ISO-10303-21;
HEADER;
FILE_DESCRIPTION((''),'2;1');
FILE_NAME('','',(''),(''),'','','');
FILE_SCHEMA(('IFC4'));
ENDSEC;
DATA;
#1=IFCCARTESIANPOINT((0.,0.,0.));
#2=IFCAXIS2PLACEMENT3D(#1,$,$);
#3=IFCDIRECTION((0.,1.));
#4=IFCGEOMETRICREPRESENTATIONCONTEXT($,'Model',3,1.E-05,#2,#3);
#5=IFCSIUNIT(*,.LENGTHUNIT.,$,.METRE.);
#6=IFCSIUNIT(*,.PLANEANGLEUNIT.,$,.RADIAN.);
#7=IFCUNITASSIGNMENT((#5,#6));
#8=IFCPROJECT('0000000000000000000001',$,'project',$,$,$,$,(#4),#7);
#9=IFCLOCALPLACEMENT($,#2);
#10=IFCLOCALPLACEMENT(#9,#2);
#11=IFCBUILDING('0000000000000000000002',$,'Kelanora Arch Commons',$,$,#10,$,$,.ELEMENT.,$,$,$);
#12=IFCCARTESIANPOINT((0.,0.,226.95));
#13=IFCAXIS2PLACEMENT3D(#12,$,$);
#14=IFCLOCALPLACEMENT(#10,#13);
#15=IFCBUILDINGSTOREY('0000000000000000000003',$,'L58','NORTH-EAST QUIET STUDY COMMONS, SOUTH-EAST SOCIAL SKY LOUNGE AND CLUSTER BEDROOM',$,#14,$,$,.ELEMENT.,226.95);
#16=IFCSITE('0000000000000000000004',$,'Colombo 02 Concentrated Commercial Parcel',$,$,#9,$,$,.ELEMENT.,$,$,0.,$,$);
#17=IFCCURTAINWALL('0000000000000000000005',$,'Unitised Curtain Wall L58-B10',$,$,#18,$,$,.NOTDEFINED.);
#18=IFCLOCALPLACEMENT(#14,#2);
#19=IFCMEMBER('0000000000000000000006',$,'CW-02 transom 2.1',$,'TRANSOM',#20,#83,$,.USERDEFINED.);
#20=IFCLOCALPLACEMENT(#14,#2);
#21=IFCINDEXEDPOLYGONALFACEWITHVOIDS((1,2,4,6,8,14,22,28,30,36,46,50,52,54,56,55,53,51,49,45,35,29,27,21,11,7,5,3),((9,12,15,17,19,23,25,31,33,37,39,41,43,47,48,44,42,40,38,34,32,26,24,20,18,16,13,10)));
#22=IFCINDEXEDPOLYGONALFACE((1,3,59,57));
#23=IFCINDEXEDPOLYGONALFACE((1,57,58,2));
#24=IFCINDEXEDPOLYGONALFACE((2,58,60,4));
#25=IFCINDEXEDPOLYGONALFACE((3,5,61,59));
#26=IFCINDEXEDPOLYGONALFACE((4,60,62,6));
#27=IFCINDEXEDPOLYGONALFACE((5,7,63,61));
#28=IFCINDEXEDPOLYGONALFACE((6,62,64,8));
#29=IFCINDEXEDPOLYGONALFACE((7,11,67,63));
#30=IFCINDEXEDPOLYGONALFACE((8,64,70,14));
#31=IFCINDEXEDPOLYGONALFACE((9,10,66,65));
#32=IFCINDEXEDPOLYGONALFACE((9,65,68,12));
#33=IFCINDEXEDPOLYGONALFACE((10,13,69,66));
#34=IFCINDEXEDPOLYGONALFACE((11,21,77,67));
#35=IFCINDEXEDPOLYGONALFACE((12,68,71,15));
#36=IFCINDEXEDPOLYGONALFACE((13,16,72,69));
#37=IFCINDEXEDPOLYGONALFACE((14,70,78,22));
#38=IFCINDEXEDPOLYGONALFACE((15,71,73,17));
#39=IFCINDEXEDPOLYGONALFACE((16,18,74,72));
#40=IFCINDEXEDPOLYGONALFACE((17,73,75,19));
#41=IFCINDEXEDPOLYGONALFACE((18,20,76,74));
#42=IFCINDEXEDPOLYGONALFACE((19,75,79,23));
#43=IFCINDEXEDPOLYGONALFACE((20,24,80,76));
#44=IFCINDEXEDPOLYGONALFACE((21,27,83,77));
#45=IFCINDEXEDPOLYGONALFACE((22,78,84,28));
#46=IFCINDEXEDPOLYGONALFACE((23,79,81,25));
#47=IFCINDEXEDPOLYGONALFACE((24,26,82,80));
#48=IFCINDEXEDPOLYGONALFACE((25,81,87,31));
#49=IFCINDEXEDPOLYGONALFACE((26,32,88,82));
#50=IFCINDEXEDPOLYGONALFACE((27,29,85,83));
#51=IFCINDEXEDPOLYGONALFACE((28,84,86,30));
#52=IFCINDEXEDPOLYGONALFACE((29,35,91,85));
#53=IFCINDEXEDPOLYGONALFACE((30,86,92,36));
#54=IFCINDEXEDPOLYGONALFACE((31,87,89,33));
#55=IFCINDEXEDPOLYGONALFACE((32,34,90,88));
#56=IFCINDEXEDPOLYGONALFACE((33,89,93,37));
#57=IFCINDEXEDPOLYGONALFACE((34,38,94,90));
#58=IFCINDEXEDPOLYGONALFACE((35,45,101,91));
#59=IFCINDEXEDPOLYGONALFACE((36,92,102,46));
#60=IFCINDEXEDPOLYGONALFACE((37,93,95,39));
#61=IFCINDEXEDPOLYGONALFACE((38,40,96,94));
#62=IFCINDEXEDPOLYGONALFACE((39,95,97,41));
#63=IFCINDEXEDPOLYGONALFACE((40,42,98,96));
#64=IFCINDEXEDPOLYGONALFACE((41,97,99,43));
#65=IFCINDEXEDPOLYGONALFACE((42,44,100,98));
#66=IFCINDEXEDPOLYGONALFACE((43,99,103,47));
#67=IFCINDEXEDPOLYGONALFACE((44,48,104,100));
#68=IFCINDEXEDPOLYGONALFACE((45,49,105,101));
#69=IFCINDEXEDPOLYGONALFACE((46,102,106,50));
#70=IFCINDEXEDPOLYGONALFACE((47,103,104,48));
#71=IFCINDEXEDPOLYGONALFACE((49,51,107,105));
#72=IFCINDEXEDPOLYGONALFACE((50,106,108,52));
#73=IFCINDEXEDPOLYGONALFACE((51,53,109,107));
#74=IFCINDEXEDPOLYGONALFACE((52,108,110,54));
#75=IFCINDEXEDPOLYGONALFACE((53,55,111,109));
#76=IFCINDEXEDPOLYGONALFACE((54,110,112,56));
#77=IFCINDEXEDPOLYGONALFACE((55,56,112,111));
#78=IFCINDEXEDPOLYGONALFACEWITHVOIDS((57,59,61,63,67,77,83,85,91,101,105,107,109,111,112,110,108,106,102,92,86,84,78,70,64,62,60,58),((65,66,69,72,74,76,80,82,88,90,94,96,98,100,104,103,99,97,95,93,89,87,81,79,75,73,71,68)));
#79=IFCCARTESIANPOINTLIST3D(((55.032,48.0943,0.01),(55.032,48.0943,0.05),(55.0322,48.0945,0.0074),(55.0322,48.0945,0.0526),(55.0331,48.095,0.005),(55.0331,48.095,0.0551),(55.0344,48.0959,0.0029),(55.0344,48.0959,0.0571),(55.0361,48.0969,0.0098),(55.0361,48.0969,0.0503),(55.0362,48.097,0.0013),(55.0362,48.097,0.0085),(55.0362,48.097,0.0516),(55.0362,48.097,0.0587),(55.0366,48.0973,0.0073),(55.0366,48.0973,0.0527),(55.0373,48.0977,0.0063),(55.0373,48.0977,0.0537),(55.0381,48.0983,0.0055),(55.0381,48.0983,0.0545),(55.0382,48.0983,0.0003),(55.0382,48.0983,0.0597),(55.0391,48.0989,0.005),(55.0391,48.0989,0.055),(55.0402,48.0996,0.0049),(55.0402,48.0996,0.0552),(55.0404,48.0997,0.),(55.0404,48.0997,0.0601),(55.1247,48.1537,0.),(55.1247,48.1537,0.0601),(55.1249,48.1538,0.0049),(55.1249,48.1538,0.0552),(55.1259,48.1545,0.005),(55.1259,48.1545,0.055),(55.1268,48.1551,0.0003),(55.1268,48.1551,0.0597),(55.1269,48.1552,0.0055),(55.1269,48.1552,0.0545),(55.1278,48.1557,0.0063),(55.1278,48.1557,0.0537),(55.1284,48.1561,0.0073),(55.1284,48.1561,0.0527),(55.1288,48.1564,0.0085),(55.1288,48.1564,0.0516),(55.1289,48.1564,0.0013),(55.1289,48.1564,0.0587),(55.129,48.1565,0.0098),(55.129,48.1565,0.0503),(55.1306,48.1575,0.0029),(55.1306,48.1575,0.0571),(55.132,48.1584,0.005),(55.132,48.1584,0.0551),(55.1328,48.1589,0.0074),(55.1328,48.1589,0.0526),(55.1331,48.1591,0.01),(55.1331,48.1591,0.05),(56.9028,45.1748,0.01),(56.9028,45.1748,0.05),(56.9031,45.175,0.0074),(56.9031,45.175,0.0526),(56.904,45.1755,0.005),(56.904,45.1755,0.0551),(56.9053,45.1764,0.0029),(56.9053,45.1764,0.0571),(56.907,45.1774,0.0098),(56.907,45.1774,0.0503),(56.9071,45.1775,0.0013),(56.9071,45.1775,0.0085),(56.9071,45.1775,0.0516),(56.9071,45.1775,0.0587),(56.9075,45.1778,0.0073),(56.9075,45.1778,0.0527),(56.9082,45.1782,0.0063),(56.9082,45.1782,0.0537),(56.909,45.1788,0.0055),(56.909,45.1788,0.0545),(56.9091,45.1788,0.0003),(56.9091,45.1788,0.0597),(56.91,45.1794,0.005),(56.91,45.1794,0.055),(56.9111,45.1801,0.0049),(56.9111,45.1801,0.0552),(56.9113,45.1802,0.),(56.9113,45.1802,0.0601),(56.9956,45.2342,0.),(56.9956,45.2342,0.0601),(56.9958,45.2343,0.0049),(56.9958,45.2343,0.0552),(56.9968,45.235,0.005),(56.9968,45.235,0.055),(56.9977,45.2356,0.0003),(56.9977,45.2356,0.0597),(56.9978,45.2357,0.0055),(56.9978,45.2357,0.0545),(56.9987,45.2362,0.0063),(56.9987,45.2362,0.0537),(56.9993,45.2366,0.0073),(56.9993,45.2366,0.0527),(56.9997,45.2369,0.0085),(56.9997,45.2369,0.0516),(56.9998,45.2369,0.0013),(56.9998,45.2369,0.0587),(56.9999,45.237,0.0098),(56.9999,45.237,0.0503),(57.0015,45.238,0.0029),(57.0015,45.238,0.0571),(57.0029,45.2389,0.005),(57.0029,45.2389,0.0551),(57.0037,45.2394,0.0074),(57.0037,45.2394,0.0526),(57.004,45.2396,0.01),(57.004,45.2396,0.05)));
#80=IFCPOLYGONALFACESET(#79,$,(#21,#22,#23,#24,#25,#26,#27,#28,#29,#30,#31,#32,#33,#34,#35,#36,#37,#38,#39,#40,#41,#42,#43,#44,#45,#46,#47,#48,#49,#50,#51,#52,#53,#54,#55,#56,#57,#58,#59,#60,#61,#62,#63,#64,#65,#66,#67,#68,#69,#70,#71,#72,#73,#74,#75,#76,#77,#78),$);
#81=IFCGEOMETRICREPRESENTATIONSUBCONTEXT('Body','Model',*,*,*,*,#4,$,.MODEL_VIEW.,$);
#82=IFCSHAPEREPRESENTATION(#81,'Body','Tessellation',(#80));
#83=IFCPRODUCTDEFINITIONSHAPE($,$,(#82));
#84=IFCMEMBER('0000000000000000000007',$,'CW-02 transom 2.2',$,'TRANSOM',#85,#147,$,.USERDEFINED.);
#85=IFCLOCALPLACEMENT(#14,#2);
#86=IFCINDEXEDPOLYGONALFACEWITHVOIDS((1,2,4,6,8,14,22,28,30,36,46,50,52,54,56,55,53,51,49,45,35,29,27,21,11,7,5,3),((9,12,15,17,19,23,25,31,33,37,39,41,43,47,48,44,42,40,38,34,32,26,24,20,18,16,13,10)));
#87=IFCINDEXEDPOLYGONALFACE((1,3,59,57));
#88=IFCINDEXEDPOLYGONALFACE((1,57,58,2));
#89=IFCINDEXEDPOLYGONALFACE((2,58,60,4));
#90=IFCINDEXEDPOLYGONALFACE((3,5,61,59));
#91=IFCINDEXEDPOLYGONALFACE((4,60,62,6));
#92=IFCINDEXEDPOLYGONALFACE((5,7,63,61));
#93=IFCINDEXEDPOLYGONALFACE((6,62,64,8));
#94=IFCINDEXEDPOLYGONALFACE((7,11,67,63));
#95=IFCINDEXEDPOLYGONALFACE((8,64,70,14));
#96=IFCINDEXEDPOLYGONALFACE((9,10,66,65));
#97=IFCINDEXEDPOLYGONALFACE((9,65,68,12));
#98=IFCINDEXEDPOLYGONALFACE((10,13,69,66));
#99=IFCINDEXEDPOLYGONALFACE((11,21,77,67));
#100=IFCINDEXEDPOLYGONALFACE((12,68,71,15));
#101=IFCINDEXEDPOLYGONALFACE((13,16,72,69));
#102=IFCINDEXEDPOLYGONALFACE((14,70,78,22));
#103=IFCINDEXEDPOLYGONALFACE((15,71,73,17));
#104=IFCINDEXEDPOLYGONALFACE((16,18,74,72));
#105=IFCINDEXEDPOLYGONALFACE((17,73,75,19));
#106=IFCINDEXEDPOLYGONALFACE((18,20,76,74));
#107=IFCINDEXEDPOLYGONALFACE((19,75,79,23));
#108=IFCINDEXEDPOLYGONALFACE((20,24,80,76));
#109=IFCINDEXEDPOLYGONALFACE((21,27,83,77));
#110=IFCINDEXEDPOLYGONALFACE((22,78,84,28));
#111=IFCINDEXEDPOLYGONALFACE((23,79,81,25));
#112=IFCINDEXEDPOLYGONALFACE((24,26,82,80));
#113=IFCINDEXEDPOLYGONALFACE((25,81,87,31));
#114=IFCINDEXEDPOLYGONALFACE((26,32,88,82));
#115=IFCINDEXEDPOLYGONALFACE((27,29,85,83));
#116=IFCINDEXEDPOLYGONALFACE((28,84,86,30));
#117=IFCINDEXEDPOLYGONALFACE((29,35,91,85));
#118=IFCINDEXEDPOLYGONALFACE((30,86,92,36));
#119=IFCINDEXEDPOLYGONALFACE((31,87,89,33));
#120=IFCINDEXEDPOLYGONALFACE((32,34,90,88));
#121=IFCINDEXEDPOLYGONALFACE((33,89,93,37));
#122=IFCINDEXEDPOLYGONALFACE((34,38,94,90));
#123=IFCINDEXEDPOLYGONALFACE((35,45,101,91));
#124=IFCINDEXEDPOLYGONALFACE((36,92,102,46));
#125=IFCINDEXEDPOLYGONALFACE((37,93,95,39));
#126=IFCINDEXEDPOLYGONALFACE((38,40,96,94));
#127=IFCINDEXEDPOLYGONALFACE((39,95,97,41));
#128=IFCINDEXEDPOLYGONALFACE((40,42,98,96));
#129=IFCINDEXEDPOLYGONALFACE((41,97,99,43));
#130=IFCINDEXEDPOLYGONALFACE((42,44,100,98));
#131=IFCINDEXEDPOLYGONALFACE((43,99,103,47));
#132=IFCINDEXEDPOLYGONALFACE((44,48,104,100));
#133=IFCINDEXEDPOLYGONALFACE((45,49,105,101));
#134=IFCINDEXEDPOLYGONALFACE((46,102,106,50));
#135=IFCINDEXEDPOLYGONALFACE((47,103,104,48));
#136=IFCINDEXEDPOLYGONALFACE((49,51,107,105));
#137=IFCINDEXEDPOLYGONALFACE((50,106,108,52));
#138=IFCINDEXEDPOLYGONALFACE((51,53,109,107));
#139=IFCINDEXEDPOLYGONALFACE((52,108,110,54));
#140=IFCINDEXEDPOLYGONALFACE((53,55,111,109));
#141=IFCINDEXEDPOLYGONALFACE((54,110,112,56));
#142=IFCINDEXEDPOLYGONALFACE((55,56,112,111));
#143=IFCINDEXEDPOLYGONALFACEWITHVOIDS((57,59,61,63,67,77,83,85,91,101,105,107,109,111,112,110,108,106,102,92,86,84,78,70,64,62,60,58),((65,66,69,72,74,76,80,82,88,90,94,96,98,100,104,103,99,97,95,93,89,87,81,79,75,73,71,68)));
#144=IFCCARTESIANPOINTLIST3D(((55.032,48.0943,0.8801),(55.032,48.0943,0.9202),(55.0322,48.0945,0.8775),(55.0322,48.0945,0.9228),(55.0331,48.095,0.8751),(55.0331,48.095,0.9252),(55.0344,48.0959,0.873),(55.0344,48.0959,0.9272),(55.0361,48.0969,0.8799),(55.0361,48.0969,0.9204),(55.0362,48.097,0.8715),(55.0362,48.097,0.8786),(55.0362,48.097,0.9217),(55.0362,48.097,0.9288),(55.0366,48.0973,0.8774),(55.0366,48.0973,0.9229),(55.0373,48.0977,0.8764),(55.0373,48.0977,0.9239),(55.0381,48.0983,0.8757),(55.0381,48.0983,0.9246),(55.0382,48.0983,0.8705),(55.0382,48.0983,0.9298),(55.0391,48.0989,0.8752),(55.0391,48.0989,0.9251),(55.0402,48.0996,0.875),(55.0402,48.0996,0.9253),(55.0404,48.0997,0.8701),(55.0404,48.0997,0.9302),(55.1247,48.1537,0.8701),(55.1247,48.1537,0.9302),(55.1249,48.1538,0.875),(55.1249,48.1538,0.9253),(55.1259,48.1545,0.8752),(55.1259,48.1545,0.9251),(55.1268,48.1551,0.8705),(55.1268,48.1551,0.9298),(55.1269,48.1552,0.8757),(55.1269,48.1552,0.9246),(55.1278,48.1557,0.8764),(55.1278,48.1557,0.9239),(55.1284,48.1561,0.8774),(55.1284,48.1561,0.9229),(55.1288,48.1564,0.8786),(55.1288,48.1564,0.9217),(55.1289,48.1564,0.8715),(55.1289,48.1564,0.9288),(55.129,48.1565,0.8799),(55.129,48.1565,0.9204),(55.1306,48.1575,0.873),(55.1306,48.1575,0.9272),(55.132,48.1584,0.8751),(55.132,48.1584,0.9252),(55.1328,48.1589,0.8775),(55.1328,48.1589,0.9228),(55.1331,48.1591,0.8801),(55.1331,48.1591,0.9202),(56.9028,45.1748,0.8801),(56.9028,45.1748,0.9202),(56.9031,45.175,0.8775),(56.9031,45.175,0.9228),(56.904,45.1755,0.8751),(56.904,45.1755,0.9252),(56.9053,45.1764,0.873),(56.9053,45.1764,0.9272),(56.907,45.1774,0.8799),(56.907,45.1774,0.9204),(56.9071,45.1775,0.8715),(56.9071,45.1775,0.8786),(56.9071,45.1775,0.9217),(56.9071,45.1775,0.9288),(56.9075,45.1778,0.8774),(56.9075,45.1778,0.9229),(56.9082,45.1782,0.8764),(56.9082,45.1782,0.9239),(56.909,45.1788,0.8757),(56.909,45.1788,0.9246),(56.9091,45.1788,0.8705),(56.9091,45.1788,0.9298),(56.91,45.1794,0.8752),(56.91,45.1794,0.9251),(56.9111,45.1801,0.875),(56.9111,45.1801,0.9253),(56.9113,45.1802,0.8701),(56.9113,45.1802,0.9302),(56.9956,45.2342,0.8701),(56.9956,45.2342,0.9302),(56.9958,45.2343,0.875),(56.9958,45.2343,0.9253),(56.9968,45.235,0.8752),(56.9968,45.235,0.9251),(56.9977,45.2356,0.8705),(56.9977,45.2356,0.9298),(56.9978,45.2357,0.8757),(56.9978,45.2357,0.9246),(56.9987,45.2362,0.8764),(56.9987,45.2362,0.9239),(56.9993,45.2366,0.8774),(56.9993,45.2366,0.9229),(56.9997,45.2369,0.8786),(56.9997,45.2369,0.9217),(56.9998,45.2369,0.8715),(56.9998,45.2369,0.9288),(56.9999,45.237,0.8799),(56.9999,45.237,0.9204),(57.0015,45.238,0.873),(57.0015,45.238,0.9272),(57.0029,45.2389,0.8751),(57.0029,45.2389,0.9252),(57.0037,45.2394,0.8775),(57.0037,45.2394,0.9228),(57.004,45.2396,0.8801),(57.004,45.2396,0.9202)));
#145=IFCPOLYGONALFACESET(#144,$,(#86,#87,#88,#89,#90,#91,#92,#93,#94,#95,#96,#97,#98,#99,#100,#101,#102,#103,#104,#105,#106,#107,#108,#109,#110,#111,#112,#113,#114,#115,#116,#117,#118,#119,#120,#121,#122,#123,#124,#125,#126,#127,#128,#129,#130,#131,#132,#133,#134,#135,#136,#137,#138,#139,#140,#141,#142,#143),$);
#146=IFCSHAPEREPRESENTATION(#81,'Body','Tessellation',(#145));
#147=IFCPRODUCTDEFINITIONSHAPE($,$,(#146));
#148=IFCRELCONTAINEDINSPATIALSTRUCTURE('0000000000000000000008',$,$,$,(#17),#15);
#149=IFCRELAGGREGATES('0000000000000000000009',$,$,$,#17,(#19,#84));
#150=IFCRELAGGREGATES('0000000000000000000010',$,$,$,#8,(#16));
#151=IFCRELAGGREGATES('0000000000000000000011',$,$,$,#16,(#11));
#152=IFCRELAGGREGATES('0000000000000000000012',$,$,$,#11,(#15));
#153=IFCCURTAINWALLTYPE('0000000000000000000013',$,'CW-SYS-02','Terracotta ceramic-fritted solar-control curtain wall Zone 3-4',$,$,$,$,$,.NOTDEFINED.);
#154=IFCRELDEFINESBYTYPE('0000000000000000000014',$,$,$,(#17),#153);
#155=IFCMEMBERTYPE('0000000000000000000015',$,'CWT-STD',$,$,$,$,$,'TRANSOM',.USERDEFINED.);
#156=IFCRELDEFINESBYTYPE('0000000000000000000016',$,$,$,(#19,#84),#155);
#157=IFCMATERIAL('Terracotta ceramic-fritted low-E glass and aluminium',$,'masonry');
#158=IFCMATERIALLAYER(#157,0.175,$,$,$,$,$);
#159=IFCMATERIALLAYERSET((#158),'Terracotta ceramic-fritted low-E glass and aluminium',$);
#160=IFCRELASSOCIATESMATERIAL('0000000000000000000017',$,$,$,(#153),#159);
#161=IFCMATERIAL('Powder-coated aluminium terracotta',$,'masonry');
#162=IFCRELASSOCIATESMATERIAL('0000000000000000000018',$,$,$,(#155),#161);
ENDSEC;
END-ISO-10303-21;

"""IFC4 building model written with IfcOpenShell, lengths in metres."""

from ifc_helpers import new_model, si_unit, direction, frame, origin, origin_2d, place, context, subcontext, project, spatial, hollow_rectangle, extrude, material, layer, layer_set, material_profile, profile_set, type_object, element, aggregate, save


model = new_model("IFC4")

# Units and contexts
model_context = context("Model", 3, precision=1e-05, world=origin(), true_north=direction((0.0, 1.0)))
body_context = subcontext(model_context, "Body", "Model", "MODEL_VIEW")
ifc_project = project(units=[si_unit("LENGTHUNIT", "METRE"), si_unit("PLANEANGLEUNIT", "RADIAN")], contexts=[model_context])

# Site, building, storey
site_placement = place(None, origin())
site = spatial("IfcSite", under=ifc_project, at=site_placement, Name="Colombo 02 Concentrated Commercial Parcel", CompositionType="ELEMENT", RefElevation=0.0)
building_placement = place(site_placement, origin())
building = spatial("IfcBuilding", under=site, at=building_placement, Name="Kelanora Arch Commons", CompositionType="ELEMENT")
storey_placement = place(building_placement, frame((0.0, 0.0, 226.95)))
storey = spatial("IfcBuildingStorey", under=building, at=storey_placement, Name="L58", Description="NORTH-EAST QUIET STUDY COMMONS, SOUTH-EAST SOCIAL SKY LOUNGE AND CLUSTER BEDROOM", CompositionType="ELEMENT", Elevation=226.95)

# Curtain wall, members
ifc_material_1 = material(Name="Terracotta ceramic-fritted low-E glass and aluminium", Category="masonry")
ifc_layer_1 = layer(ifc_material_1, 0.175)
ifc_layer_set_1 = layer_set([ifc_layer_1], Name="Terracotta ceramic-fritted low-E glass and aluminium")
curtain_wall_type = type_object("IfcCurtainWallType", Name="CW-SYS-02", Description="Terracotta ceramic-fritted solar-control curtain wall Zone 3-4", PredefinedType="NOTDEFINED", material=ifc_layer_set_1)
curtain_wall_placement = place(storey_placement, origin())
curtain_wall = element("IfcCurtainWall", 1, at=curtain_wall_placement, inside=storey, type_object=curtain_wall_type, Name="Unitised Curtain Wall L58-B10", PredefinedType="NOTDEFINED")
ifc_material_2 = material(Name="Powder-coated aluminium terracotta", Category="masonry")
ifc_material_profile_1 = material_profile(ifc_material_2, hollow_rectangle(XDim=0.1201, YDim=0.0601, WallThickness=0.0049, InnerFilletRadius=0.0049, OuterFilletRadius=0.01, at=origin_2d()), Name="CWT120x60")
ifc_profile_set_1 = profile_set([ifc_material_profile_1], Name="Powder-coated aluminium terracotta")
member_type_1 = type_object("IfcMemberType", Name="CWT-STD", ElementType="TRANSOM", PredefinedType="USERDEFINED", material=ifc_profile_set_1)
member_1_placement = place(storey_placement, frame((55.0825, 48.1267, 0.03), z_axis=(0.539547, -0.841955, 0.0), x_axis=(0.841955, 0.539547, 0.0)))
member_1 = element("IfcMember", 2, at=member_1_placement, type_object=member_type_1, Name="CW-02 transom 2.1", ObjectType="TRANSOM", PredefinedType="USERDEFINED", context=body_context, shape_type="SweptSolid", body=[
    extrude(hollow_rectangle(XDim=0.1201, YDim=0.0601, WallThickness=0.0049, InnerFilletRadius=0.0049, OuterFilletRadius=0.01, at=origin_2d()), origin(), (0.0, 0.0, 1.0), 3.4675),
])
member_2_placement = place(storey_placement, frame((55.0825, 48.1267, 0.9001), z_axis=(0.539547, -0.841955, 0.0), x_axis=(0.841955, 0.539547, 0.0)))
member_2 = element("IfcMember", 3, at=member_2_placement, type_object=member_type_1, Name="CW-02 transom 2.2", ObjectType="TRANSOM", PredefinedType="USERDEFINED", context=body_context, shape_type="SweptSolid", body=[
    extrude(hollow_rectangle(XDim=0.1201, YDim=0.0601, WallThickness=0.0049, InnerFilletRadius=0.0049, OuterFilletRadius=0.01, at=origin_2d()), origin(), (0.0, 0.0, 1.0), 3.4675),
])

aggregate(curtain_wall, [member_1, member_2])

save(model, "model.ifc")
